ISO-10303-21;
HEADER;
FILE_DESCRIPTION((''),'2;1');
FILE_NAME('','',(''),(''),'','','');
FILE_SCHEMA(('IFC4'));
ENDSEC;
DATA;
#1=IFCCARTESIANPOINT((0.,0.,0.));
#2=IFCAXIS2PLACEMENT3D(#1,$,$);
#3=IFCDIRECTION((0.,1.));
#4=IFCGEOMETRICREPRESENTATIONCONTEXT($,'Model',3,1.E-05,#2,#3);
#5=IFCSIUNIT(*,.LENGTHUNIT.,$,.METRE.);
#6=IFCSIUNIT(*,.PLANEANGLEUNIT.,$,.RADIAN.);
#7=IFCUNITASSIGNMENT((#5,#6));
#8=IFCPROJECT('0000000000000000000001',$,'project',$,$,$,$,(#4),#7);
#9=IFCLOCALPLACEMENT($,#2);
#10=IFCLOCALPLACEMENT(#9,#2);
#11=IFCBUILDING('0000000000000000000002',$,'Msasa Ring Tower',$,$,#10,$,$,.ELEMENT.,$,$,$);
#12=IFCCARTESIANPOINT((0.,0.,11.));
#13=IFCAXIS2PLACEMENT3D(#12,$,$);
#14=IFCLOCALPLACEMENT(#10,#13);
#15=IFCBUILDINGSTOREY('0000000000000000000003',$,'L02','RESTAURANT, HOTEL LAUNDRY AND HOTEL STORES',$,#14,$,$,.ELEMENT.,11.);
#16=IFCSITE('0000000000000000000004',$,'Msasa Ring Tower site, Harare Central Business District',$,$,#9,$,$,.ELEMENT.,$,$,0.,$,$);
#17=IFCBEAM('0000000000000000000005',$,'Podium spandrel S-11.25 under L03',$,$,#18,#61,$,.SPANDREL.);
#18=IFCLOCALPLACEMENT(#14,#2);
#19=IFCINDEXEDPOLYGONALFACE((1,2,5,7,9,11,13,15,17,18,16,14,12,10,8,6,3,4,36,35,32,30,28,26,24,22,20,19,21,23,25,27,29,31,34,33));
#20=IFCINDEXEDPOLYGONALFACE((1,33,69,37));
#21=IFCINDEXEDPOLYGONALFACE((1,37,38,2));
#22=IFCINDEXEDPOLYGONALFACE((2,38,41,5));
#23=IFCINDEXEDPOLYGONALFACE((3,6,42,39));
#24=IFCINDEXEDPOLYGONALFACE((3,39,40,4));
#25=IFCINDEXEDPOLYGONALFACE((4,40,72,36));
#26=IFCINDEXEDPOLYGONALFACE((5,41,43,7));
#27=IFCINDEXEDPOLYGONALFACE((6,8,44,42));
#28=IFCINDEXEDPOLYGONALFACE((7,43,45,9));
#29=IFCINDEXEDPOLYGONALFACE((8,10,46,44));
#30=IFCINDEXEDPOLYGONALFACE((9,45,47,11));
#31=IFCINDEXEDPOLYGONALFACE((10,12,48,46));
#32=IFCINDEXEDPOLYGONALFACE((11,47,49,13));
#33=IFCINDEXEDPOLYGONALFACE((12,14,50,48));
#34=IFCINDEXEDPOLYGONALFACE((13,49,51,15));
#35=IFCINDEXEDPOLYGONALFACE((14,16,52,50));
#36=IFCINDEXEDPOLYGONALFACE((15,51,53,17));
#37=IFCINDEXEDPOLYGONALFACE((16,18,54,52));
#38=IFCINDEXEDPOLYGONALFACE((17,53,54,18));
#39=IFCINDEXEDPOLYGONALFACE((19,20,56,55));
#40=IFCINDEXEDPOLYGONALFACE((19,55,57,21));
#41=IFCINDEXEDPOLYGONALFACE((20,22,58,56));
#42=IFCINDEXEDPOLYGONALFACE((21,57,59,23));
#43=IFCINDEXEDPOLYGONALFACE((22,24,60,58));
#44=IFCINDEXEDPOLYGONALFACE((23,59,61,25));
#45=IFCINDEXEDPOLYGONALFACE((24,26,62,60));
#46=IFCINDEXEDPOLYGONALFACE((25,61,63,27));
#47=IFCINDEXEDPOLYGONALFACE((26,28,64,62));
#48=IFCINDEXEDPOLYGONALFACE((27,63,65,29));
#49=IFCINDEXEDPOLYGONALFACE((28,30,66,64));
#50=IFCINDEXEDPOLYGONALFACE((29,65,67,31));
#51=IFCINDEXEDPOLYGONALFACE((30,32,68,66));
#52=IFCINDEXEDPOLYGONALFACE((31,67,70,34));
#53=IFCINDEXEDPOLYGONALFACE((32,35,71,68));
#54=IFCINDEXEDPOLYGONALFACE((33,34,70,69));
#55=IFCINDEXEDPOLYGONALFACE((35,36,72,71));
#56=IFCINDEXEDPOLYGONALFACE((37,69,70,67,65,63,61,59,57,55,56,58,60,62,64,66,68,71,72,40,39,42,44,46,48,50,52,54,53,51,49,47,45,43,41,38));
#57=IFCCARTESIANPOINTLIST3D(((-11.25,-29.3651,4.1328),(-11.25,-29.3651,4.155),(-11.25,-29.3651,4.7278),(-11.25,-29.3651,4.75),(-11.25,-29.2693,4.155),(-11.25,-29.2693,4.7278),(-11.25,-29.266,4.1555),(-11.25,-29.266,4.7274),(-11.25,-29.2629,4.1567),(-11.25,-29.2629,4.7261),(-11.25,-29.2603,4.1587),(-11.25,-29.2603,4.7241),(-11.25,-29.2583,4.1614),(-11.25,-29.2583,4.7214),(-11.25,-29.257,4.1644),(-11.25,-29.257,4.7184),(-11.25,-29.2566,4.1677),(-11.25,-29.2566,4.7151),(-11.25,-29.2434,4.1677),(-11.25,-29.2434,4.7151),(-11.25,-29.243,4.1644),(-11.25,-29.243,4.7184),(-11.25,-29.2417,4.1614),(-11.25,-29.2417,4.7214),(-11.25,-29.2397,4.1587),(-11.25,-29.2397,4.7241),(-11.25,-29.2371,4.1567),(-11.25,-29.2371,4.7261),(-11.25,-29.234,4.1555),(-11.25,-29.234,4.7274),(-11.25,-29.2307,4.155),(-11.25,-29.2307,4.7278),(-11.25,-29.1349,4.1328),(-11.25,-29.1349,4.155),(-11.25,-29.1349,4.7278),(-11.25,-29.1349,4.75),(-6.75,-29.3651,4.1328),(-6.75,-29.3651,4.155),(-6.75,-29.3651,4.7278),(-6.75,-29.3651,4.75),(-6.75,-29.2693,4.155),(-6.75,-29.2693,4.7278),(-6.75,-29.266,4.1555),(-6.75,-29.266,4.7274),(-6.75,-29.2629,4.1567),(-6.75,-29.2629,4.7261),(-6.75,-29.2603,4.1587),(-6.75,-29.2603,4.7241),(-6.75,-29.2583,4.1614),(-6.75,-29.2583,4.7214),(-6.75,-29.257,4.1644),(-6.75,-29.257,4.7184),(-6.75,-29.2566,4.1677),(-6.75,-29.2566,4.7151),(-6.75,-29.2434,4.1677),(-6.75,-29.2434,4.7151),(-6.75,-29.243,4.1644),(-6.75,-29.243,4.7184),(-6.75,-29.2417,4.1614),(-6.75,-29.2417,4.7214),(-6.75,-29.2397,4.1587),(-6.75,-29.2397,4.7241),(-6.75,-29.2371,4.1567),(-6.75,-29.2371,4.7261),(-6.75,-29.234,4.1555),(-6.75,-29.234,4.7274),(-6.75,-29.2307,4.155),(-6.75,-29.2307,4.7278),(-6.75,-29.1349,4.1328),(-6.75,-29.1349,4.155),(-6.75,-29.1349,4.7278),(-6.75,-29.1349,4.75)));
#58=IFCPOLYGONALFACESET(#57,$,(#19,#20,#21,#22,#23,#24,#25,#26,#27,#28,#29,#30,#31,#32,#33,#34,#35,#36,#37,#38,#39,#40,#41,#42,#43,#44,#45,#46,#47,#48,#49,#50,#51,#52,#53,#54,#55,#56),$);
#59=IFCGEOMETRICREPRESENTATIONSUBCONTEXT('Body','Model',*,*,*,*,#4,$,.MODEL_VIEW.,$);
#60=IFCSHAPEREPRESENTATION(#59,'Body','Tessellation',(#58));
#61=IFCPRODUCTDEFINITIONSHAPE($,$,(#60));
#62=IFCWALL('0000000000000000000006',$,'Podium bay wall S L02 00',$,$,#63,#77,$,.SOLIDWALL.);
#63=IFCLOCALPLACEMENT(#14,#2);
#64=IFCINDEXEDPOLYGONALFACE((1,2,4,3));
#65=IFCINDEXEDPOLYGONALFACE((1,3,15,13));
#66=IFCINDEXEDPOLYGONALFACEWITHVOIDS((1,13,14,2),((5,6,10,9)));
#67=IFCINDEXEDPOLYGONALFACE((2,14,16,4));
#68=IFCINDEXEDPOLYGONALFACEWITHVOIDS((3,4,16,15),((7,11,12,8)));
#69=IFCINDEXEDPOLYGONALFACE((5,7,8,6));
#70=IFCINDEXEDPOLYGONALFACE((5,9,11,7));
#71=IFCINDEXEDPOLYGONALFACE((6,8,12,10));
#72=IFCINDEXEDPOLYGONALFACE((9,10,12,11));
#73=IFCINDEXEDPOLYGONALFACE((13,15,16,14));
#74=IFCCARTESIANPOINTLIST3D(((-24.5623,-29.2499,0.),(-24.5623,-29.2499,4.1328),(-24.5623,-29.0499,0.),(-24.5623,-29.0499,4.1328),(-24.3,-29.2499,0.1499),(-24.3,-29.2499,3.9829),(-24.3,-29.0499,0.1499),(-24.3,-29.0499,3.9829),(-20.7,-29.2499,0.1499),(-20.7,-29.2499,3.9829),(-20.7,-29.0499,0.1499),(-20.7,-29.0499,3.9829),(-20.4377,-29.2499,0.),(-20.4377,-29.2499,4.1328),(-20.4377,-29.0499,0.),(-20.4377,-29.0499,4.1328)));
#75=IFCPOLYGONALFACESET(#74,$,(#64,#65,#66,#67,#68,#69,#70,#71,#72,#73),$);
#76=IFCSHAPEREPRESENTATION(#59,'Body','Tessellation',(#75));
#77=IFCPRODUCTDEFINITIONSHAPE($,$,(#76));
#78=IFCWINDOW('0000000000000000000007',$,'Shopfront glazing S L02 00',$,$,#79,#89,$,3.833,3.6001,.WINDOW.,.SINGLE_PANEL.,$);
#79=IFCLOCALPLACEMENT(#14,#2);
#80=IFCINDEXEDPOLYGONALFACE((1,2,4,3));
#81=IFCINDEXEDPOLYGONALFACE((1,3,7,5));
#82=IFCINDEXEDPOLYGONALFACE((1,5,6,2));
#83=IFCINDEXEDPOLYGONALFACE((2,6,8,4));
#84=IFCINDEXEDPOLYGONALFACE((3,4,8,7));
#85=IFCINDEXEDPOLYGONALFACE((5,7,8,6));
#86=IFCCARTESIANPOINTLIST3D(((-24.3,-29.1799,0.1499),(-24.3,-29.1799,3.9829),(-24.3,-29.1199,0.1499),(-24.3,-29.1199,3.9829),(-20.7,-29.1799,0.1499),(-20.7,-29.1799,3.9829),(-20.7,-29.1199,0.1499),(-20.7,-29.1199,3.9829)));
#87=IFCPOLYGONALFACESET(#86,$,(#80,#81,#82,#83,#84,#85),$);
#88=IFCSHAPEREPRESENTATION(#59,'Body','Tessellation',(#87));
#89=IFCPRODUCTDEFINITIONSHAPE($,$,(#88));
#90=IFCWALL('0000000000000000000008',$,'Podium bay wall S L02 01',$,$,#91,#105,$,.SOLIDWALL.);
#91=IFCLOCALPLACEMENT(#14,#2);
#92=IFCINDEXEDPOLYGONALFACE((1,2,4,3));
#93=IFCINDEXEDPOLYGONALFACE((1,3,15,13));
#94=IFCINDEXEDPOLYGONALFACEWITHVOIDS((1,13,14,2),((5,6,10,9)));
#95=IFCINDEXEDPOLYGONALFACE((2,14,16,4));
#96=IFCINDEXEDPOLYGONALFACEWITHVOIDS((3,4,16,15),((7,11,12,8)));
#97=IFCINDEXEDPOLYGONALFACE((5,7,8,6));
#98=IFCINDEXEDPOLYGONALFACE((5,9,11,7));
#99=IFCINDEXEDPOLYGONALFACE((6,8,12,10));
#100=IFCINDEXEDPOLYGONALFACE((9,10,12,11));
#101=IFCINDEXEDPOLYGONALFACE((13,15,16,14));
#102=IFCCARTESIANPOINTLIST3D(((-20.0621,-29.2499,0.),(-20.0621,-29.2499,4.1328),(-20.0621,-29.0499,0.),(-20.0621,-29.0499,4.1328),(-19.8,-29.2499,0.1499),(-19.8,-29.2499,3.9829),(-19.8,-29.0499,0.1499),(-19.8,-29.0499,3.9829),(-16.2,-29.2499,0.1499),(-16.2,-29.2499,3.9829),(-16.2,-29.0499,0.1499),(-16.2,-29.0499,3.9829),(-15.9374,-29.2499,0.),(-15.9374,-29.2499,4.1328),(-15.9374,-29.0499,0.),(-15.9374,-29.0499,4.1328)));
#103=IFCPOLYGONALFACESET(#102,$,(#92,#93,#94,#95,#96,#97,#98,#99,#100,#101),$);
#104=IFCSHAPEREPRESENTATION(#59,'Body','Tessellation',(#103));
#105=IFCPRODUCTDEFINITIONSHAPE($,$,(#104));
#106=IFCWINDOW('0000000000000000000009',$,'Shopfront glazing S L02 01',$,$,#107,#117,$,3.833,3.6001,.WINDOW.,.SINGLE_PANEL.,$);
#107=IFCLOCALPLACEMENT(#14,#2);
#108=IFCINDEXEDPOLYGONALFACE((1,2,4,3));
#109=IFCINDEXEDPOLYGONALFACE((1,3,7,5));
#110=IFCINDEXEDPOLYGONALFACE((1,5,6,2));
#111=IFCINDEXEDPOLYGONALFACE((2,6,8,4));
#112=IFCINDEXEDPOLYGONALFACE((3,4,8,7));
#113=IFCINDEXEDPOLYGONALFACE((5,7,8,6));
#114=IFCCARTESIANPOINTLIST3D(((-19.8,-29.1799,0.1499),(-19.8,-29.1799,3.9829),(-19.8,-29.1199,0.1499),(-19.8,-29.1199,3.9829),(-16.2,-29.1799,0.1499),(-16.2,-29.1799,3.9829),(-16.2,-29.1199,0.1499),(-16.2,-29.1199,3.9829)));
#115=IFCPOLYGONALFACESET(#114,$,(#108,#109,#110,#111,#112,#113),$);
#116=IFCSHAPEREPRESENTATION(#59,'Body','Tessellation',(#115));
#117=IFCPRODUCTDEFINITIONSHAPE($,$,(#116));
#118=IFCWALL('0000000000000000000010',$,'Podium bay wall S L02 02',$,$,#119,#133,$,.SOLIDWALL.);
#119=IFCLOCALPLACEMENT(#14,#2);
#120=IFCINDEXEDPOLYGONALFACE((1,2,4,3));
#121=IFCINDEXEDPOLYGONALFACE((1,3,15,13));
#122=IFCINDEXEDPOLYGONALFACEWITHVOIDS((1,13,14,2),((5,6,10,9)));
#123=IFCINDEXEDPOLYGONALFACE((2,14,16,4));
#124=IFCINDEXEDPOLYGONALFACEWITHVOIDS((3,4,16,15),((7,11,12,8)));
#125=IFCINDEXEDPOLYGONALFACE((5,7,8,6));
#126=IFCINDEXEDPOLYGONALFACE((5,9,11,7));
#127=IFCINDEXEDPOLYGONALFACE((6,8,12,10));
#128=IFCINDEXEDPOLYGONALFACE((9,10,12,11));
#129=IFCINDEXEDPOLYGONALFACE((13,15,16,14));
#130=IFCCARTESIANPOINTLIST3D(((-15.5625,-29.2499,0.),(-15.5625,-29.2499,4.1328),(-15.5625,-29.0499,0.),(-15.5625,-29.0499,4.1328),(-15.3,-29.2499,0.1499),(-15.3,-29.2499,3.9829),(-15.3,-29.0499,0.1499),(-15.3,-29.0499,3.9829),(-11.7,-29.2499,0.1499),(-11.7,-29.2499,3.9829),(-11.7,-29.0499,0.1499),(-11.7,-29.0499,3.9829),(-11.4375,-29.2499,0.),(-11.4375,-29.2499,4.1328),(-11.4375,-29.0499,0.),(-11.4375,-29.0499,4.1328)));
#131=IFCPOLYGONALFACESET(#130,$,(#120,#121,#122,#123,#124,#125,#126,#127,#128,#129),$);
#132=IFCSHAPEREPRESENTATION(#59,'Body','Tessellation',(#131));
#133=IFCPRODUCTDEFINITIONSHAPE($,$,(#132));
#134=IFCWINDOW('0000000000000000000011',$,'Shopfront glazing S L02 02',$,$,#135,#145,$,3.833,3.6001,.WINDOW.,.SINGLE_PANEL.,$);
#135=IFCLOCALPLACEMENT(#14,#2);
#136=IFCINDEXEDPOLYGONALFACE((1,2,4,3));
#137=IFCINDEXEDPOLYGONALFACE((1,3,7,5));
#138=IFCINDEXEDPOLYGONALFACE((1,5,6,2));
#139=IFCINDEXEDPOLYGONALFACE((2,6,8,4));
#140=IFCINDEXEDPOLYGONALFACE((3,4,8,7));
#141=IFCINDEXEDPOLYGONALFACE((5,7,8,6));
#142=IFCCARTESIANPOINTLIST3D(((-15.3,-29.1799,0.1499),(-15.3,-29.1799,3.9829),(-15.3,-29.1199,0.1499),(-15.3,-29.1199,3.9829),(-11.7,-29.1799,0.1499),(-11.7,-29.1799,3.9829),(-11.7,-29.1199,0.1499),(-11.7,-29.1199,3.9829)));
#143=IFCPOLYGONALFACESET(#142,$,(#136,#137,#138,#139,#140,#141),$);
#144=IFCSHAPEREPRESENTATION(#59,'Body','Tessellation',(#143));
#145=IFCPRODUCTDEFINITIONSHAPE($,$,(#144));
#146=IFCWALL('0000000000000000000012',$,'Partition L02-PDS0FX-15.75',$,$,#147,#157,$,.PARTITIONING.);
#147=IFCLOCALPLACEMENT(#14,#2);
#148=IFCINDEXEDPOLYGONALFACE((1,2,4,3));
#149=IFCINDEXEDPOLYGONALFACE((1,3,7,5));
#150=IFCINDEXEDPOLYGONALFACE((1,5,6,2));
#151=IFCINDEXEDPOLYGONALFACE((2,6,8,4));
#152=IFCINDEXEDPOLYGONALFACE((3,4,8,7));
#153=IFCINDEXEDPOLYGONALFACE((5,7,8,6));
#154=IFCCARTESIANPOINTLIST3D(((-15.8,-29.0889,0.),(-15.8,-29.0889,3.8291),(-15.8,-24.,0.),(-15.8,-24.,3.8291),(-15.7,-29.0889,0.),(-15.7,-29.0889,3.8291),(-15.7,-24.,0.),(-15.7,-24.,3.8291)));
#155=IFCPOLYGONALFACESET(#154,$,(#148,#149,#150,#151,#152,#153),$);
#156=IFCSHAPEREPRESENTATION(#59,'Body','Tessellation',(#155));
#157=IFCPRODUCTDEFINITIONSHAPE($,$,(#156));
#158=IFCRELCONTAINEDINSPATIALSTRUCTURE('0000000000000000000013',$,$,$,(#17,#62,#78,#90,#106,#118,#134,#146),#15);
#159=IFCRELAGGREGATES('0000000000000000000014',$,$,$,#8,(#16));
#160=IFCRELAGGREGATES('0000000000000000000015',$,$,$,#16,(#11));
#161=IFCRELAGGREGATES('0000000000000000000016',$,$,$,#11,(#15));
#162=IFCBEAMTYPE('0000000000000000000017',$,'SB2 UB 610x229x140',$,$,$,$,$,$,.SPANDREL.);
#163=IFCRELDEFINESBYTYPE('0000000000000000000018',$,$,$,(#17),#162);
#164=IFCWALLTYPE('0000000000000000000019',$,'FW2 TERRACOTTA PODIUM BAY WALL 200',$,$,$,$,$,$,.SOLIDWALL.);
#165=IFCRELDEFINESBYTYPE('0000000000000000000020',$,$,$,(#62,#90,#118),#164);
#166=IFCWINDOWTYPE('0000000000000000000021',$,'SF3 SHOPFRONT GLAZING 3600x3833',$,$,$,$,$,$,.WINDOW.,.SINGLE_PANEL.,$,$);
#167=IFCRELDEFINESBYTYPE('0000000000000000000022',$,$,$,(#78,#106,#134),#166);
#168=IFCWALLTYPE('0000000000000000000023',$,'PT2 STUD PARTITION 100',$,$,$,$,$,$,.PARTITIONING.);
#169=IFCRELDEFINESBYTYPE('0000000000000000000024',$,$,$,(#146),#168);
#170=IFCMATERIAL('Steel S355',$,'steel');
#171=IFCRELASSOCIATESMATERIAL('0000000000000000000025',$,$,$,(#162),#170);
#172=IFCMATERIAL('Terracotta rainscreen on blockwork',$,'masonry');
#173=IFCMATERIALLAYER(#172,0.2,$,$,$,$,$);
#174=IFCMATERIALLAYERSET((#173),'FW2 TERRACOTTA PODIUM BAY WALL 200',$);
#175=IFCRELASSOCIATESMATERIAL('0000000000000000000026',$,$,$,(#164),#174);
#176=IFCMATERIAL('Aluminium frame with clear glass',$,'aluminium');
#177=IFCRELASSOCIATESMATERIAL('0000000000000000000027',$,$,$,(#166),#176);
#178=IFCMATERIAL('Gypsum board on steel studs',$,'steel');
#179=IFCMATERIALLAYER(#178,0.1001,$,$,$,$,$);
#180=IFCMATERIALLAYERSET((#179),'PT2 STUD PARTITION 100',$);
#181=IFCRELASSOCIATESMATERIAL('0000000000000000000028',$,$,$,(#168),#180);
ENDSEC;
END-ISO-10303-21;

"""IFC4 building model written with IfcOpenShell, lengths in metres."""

from ifc_helpers import new_model, si_unit, direction, frame, frame_2d, origin, origin_2d, place, context, subcontext, project, spatial, rectangle, i_section, extrude, material, layer, layer_set, material_profile, profile_set, type_object, element, fill, save


model = new_model("IFC4")

# Units and contexts
model_context = context("Model", 3, precision=1e-05, world=origin(), true_north=direction((0.0, 1.0)))
body_context = subcontext(model_context, "Body", "Model", "MODEL_VIEW")
ifc_project = project(units=[si_unit("LENGTHUNIT", "METRE"), si_unit("PLANEANGLEUNIT", "RADIAN")], contexts=[model_context])

# Site, building, storey
site_placement = place(None, origin())
site = spatial("IfcSite", under=ifc_project, at=site_placement, Name="Msasa Ring Tower site, Harare Central Business District", CompositionType="ELEMENT", RefElevation=0.0)
building_placement = place(site_placement, origin())
building = spatial("IfcBuilding", under=site, at=building_placement, Name="Msasa Ring Tower", CompositionType="ELEMENT")
storey_placement = place(building_placement, frame((0.0, 0.0, 11.0)))
storey = spatial("IfcBuildingStorey", under=building, at=storey_placement, Name="L02", Description="RESTAURANT, HOTEL LAUNDRY AND HOTEL STORES", CompositionType="ELEMENT", Elevation=11.0)

# Beam
ifc_material_1 = material(Name="Steel S355", Category="steel")
ifc_material_profile_1 = material_profile(ifc_material_1, i_section(OverallWidth=0.2302, OverallDepth=0.6172, WebThickness=0.0132, FlangeThickness=0.0222, FilletRadius=0.0127, at=origin_2d()), Name="UB 610x229x140")
ifc_profile_set_1 = profile_set([ifc_material_profile_1], Name="Steel S355")
beam_type_1 = type_object("IfcBeamType", Name="SB2 UB 610x229x140", PredefinedType="SPANDREL", material=ifc_profile_set_1)
for number, where, z_axis, x_axis, name in (
    (1, (-11.25, -29.25, 4.4414), (1.0, 0.0, 0.0), (0.0, 1.0, 0.0), "Podium spandrel S-11.25 under L03"),
):
    element("IfcBeam", number, at=place(storey_placement, frame(where, z_axis=z_axis, x_axis=x_axis)), inside=storey, type_object=beam_type_1, Name=name, PredefinedType="SPANDREL", context=body_context, shape_type="SweptSolid", body=[
        extrude(i_section(OverallWidth=0.2302, OverallDepth=0.6172, WebThickness=0.0132, FlangeThickness=0.0222, FilletRadius=0.0127, at=origin_2d()), origin(), (0.0, 0.0, 1.0), 4.5),
    ])

# Walls, openings, windows
ifc_material_2 = material(Name="Terracotta rainscreen on blockwork", Category="masonry")
ifc_layer_1 = layer(ifc_material_2, 0.2)
ifc_layer_set_1 = layer_set([ifc_layer_1], Name="FW2 TERRACOTTA PODIUM BAY WALL 200")
wall_type_1 = type_object("IfcWallType", Name="FW2 TERRACOTTA PODIUM BAY WALL 200", PredefinedType="SOLIDWALL", material=ifc_layer_set_1)
wall_1_placement = place(storey_placement, frame((-24.5623, -29.1499, 0.0), z_axis=(0.0, 0.0, 1.0), x_axis=(1.0, 0.0, 0.0)))
wall_1 = element("IfcWall", 2, at=wall_1_placement, inside=storey, type_object=wall_type_1, Name="Podium bay wall S L02 00", PredefinedType="SOLIDWALL", context=body_context, shape_type="SweptSolid", body=[
    extrude(rectangle(XDim=4.1245, YDim=0.2, at=frame_2d((2.0623, 0.0))), origin(), (0.0, 0.0, 1.0), 4.1328),
])
opening_1_placement = place(wall_1_placement, frame((0.2622, 0.0, 0.1499)))
opening_1 = element("IfcOpeningElement", 3, at=opening_1_placement, cuts=wall_1, PredefinedType="OPENING", context=body_context, shape_type="SweptSolid", body=[
    extrude(rectangle(XDim=3.6001, YDim=3.833, at=frame_2d((1.8, 1.9165))), frame((0.0, 0.1099, 0.0), z_axis=(0.0, -1.0, 0.0), x_axis=(1.0, 0.0, 0.0)), (0.0, 0.0, 1.0), 0.22),
])
ifc_material_3 = material(Name="Aluminium frame with clear glass", Category="aluminium")
window_type = type_object("IfcWindowType", Name="SF3 SHOPFRONT GLAZING 3600x3833", PartitioningType="SINGLE_PANEL", PredefinedType="WINDOW", material=ifc_material_3)
window_1_placement = place(opening_1_placement, origin())
window_1 = element("IfcWindow", 4, at=window_1_placement, inside=storey, type_object=window_type, Name="Shopfront glazing S L02 00", OverallHeight=3.833, OverallWidth=3.6001, PartitioningType="SINGLE_PANEL", PredefinedType="WINDOW", context=body_context, shape_type="SweptSolid", body=[
    extrude(rectangle(XDim=3.6001, YDim=3.833, at=frame_2d((1.8, 1.9165))), frame((0.0, 0.03, 0.0), z_axis=(0.0, -1.0, 0.0), x_axis=(1.0, 0.0, 0.0)), (0.0, 0.0, 1.0), 0.0601),
])
fill(opening_1, window_1)
wall_2_placement = place(storey_placement, frame((-20.0623, -29.1499, 0.0), z_axis=(0.0, 0.0, 1.0), x_axis=(1.0, 0.0, 0.0)))
wall_2 = element("IfcWall", 5, at=wall_2_placement, inside=storey, type_object=wall_type_1, Name="Podium bay wall S L02 01", PredefinedType="SOLIDWALL", context=body_context, shape_type="SweptSolid", body=[
    extrude(rectangle(XDim=4.1248, YDim=0.2, at=frame_2d((2.0625, 0.0))), origin(), (0.0, 0.0, 1.0), 4.1328),
])
opening_2_placement = place(wall_2_placement, frame((0.2622, 0.0, 0.1499)))
opening_2 = element("IfcOpeningElement", 6, at=opening_2_placement, cuts=wall_2, PredefinedType="OPENING", context=body_context, shape_type="SweptSolid", body=[
    extrude(rectangle(XDim=3.6001, YDim=3.833, at=frame_2d((1.8, 1.9165))), frame((0.0, 0.1099, 0.0), z_axis=(0.0, -1.0, 0.0), x_axis=(1.0, 0.0, 0.0)), (0.0, 0.0, 1.0), 0.22),
])
window_2_placement = place(opening_2_placement, origin())
window_2 = element("IfcWindow", 7, at=window_2_placement, inside=storey, type_object=window_type, Name="Shopfront glazing S L02 01", OverallHeight=3.833, OverallWidth=3.6001, PartitioningType="SINGLE_PANEL", PredefinedType="WINDOW", context=body_context, shape_type="SweptSolid", body=[
    extrude(rectangle(XDim=3.6001, YDim=3.833, at=frame_2d((1.8, 1.9165))), frame((0.0, 0.03, 0.0), z_axis=(0.0, -1.0, 0.0), x_axis=(1.0, 0.0, 0.0)), (0.0, 0.0, 1.0), 0.0601),
])
fill(opening_2, window_2)
wall_3_placement = place(storey_placement, frame((-15.5625, -29.1499, 0.0), z_axis=(0.0, 0.0, 1.0), x_axis=(1.0, 0.0, 0.0)))
wall_3 = element("IfcWall", 8, at=wall_3_placement, inside=storey, type_object=wall_type_1, Name="Podium bay wall S L02 02", PredefinedType="SOLIDWALL", context=body_context, shape_type="SweptSolid", body=[
    extrude(rectangle(XDim=4.125, YDim=0.2, at=frame_2d((2.0625, 0.0))), origin(), (0.0, 0.0, 1.0), 4.1328),
])
opening_3_placement = place(wall_3_placement, frame((0.2625, 0.0, 0.1499)))
opening_3 = element("IfcOpeningElement", 9, at=opening_3_placement, cuts=wall_3, PredefinedType="OPENING", context=body_context, shape_type="SweptSolid", body=[
    extrude(rectangle(XDim=3.6001, YDim=3.833, at=frame_2d((1.8, 1.9165))), frame((0.0, 0.1099, 0.0), z_axis=(0.0, -1.0, 0.0), x_axis=(1.0, 0.0, 0.0)), (0.0, 0.0, 1.0), 0.22),
])
window_3_placement = place(opening_3_placement, origin())
window_3 = element("IfcWindow", 10, at=window_3_placement, inside=storey, type_object=window_type, Name="Shopfront glazing S L02 02", OverallHeight=3.833, OverallWidth=3.6001, PartitioningType="SINGLE_PANEL", PredefinedType="WINDOW", context=body_context, shape_type="SweptSolid", body=[
    extrude(rectangle(XDim=3.6001, YDim=3.833, at=frame_2d((1.8, 1.9165))), frame((0.0, 0.03, 0.0), z_axis=(0.0, -1.0, 0.0), x_axis=(1.0, 0.0, 0.0)), (0.0, 0.0, 1.0), 0.0601),
])
fill(opening_3, window_3)

# Wall
ifc_material_4 = material(Name="Gypsum board on steel studs", Category="steel")
ifc_layer_2 = layer(ifc_material_4, 0.1001)
ifc_layer_set_2 = layer_set([ifc_layer_2], Name="PT2 STUD PARTITION 100")
wall_type_2 = type_object("IfcWallType", Name="PT2 STUD PARTITION 100", PredefinedType="PARTITIONING", material=ifc_layer_set_2)
wall_4_placement = place(storey_placement, frame((-15.75, -29.0889, 0.0), z_axis=(0.0, 0.0, 1.0), x_axis=(0.0, 1.0, 0.0)))
element("IfcWall", 11, at=wall_4_placement, inside=storey, type_object=wall_type_2, Name="Partition L02-PDS0FX-15.75", PredefinedType="PARTITIONING", context=body_context, shape_type="SweptSolid", body=[
    extrude(rectangle(XDim=5.0889, YDim=0.1001, at=frame_2d((2.5444, 0.0))), origin(), (0.0, 0.0, 1.0), 3.8291),
])

save(model, "model.ifc")
